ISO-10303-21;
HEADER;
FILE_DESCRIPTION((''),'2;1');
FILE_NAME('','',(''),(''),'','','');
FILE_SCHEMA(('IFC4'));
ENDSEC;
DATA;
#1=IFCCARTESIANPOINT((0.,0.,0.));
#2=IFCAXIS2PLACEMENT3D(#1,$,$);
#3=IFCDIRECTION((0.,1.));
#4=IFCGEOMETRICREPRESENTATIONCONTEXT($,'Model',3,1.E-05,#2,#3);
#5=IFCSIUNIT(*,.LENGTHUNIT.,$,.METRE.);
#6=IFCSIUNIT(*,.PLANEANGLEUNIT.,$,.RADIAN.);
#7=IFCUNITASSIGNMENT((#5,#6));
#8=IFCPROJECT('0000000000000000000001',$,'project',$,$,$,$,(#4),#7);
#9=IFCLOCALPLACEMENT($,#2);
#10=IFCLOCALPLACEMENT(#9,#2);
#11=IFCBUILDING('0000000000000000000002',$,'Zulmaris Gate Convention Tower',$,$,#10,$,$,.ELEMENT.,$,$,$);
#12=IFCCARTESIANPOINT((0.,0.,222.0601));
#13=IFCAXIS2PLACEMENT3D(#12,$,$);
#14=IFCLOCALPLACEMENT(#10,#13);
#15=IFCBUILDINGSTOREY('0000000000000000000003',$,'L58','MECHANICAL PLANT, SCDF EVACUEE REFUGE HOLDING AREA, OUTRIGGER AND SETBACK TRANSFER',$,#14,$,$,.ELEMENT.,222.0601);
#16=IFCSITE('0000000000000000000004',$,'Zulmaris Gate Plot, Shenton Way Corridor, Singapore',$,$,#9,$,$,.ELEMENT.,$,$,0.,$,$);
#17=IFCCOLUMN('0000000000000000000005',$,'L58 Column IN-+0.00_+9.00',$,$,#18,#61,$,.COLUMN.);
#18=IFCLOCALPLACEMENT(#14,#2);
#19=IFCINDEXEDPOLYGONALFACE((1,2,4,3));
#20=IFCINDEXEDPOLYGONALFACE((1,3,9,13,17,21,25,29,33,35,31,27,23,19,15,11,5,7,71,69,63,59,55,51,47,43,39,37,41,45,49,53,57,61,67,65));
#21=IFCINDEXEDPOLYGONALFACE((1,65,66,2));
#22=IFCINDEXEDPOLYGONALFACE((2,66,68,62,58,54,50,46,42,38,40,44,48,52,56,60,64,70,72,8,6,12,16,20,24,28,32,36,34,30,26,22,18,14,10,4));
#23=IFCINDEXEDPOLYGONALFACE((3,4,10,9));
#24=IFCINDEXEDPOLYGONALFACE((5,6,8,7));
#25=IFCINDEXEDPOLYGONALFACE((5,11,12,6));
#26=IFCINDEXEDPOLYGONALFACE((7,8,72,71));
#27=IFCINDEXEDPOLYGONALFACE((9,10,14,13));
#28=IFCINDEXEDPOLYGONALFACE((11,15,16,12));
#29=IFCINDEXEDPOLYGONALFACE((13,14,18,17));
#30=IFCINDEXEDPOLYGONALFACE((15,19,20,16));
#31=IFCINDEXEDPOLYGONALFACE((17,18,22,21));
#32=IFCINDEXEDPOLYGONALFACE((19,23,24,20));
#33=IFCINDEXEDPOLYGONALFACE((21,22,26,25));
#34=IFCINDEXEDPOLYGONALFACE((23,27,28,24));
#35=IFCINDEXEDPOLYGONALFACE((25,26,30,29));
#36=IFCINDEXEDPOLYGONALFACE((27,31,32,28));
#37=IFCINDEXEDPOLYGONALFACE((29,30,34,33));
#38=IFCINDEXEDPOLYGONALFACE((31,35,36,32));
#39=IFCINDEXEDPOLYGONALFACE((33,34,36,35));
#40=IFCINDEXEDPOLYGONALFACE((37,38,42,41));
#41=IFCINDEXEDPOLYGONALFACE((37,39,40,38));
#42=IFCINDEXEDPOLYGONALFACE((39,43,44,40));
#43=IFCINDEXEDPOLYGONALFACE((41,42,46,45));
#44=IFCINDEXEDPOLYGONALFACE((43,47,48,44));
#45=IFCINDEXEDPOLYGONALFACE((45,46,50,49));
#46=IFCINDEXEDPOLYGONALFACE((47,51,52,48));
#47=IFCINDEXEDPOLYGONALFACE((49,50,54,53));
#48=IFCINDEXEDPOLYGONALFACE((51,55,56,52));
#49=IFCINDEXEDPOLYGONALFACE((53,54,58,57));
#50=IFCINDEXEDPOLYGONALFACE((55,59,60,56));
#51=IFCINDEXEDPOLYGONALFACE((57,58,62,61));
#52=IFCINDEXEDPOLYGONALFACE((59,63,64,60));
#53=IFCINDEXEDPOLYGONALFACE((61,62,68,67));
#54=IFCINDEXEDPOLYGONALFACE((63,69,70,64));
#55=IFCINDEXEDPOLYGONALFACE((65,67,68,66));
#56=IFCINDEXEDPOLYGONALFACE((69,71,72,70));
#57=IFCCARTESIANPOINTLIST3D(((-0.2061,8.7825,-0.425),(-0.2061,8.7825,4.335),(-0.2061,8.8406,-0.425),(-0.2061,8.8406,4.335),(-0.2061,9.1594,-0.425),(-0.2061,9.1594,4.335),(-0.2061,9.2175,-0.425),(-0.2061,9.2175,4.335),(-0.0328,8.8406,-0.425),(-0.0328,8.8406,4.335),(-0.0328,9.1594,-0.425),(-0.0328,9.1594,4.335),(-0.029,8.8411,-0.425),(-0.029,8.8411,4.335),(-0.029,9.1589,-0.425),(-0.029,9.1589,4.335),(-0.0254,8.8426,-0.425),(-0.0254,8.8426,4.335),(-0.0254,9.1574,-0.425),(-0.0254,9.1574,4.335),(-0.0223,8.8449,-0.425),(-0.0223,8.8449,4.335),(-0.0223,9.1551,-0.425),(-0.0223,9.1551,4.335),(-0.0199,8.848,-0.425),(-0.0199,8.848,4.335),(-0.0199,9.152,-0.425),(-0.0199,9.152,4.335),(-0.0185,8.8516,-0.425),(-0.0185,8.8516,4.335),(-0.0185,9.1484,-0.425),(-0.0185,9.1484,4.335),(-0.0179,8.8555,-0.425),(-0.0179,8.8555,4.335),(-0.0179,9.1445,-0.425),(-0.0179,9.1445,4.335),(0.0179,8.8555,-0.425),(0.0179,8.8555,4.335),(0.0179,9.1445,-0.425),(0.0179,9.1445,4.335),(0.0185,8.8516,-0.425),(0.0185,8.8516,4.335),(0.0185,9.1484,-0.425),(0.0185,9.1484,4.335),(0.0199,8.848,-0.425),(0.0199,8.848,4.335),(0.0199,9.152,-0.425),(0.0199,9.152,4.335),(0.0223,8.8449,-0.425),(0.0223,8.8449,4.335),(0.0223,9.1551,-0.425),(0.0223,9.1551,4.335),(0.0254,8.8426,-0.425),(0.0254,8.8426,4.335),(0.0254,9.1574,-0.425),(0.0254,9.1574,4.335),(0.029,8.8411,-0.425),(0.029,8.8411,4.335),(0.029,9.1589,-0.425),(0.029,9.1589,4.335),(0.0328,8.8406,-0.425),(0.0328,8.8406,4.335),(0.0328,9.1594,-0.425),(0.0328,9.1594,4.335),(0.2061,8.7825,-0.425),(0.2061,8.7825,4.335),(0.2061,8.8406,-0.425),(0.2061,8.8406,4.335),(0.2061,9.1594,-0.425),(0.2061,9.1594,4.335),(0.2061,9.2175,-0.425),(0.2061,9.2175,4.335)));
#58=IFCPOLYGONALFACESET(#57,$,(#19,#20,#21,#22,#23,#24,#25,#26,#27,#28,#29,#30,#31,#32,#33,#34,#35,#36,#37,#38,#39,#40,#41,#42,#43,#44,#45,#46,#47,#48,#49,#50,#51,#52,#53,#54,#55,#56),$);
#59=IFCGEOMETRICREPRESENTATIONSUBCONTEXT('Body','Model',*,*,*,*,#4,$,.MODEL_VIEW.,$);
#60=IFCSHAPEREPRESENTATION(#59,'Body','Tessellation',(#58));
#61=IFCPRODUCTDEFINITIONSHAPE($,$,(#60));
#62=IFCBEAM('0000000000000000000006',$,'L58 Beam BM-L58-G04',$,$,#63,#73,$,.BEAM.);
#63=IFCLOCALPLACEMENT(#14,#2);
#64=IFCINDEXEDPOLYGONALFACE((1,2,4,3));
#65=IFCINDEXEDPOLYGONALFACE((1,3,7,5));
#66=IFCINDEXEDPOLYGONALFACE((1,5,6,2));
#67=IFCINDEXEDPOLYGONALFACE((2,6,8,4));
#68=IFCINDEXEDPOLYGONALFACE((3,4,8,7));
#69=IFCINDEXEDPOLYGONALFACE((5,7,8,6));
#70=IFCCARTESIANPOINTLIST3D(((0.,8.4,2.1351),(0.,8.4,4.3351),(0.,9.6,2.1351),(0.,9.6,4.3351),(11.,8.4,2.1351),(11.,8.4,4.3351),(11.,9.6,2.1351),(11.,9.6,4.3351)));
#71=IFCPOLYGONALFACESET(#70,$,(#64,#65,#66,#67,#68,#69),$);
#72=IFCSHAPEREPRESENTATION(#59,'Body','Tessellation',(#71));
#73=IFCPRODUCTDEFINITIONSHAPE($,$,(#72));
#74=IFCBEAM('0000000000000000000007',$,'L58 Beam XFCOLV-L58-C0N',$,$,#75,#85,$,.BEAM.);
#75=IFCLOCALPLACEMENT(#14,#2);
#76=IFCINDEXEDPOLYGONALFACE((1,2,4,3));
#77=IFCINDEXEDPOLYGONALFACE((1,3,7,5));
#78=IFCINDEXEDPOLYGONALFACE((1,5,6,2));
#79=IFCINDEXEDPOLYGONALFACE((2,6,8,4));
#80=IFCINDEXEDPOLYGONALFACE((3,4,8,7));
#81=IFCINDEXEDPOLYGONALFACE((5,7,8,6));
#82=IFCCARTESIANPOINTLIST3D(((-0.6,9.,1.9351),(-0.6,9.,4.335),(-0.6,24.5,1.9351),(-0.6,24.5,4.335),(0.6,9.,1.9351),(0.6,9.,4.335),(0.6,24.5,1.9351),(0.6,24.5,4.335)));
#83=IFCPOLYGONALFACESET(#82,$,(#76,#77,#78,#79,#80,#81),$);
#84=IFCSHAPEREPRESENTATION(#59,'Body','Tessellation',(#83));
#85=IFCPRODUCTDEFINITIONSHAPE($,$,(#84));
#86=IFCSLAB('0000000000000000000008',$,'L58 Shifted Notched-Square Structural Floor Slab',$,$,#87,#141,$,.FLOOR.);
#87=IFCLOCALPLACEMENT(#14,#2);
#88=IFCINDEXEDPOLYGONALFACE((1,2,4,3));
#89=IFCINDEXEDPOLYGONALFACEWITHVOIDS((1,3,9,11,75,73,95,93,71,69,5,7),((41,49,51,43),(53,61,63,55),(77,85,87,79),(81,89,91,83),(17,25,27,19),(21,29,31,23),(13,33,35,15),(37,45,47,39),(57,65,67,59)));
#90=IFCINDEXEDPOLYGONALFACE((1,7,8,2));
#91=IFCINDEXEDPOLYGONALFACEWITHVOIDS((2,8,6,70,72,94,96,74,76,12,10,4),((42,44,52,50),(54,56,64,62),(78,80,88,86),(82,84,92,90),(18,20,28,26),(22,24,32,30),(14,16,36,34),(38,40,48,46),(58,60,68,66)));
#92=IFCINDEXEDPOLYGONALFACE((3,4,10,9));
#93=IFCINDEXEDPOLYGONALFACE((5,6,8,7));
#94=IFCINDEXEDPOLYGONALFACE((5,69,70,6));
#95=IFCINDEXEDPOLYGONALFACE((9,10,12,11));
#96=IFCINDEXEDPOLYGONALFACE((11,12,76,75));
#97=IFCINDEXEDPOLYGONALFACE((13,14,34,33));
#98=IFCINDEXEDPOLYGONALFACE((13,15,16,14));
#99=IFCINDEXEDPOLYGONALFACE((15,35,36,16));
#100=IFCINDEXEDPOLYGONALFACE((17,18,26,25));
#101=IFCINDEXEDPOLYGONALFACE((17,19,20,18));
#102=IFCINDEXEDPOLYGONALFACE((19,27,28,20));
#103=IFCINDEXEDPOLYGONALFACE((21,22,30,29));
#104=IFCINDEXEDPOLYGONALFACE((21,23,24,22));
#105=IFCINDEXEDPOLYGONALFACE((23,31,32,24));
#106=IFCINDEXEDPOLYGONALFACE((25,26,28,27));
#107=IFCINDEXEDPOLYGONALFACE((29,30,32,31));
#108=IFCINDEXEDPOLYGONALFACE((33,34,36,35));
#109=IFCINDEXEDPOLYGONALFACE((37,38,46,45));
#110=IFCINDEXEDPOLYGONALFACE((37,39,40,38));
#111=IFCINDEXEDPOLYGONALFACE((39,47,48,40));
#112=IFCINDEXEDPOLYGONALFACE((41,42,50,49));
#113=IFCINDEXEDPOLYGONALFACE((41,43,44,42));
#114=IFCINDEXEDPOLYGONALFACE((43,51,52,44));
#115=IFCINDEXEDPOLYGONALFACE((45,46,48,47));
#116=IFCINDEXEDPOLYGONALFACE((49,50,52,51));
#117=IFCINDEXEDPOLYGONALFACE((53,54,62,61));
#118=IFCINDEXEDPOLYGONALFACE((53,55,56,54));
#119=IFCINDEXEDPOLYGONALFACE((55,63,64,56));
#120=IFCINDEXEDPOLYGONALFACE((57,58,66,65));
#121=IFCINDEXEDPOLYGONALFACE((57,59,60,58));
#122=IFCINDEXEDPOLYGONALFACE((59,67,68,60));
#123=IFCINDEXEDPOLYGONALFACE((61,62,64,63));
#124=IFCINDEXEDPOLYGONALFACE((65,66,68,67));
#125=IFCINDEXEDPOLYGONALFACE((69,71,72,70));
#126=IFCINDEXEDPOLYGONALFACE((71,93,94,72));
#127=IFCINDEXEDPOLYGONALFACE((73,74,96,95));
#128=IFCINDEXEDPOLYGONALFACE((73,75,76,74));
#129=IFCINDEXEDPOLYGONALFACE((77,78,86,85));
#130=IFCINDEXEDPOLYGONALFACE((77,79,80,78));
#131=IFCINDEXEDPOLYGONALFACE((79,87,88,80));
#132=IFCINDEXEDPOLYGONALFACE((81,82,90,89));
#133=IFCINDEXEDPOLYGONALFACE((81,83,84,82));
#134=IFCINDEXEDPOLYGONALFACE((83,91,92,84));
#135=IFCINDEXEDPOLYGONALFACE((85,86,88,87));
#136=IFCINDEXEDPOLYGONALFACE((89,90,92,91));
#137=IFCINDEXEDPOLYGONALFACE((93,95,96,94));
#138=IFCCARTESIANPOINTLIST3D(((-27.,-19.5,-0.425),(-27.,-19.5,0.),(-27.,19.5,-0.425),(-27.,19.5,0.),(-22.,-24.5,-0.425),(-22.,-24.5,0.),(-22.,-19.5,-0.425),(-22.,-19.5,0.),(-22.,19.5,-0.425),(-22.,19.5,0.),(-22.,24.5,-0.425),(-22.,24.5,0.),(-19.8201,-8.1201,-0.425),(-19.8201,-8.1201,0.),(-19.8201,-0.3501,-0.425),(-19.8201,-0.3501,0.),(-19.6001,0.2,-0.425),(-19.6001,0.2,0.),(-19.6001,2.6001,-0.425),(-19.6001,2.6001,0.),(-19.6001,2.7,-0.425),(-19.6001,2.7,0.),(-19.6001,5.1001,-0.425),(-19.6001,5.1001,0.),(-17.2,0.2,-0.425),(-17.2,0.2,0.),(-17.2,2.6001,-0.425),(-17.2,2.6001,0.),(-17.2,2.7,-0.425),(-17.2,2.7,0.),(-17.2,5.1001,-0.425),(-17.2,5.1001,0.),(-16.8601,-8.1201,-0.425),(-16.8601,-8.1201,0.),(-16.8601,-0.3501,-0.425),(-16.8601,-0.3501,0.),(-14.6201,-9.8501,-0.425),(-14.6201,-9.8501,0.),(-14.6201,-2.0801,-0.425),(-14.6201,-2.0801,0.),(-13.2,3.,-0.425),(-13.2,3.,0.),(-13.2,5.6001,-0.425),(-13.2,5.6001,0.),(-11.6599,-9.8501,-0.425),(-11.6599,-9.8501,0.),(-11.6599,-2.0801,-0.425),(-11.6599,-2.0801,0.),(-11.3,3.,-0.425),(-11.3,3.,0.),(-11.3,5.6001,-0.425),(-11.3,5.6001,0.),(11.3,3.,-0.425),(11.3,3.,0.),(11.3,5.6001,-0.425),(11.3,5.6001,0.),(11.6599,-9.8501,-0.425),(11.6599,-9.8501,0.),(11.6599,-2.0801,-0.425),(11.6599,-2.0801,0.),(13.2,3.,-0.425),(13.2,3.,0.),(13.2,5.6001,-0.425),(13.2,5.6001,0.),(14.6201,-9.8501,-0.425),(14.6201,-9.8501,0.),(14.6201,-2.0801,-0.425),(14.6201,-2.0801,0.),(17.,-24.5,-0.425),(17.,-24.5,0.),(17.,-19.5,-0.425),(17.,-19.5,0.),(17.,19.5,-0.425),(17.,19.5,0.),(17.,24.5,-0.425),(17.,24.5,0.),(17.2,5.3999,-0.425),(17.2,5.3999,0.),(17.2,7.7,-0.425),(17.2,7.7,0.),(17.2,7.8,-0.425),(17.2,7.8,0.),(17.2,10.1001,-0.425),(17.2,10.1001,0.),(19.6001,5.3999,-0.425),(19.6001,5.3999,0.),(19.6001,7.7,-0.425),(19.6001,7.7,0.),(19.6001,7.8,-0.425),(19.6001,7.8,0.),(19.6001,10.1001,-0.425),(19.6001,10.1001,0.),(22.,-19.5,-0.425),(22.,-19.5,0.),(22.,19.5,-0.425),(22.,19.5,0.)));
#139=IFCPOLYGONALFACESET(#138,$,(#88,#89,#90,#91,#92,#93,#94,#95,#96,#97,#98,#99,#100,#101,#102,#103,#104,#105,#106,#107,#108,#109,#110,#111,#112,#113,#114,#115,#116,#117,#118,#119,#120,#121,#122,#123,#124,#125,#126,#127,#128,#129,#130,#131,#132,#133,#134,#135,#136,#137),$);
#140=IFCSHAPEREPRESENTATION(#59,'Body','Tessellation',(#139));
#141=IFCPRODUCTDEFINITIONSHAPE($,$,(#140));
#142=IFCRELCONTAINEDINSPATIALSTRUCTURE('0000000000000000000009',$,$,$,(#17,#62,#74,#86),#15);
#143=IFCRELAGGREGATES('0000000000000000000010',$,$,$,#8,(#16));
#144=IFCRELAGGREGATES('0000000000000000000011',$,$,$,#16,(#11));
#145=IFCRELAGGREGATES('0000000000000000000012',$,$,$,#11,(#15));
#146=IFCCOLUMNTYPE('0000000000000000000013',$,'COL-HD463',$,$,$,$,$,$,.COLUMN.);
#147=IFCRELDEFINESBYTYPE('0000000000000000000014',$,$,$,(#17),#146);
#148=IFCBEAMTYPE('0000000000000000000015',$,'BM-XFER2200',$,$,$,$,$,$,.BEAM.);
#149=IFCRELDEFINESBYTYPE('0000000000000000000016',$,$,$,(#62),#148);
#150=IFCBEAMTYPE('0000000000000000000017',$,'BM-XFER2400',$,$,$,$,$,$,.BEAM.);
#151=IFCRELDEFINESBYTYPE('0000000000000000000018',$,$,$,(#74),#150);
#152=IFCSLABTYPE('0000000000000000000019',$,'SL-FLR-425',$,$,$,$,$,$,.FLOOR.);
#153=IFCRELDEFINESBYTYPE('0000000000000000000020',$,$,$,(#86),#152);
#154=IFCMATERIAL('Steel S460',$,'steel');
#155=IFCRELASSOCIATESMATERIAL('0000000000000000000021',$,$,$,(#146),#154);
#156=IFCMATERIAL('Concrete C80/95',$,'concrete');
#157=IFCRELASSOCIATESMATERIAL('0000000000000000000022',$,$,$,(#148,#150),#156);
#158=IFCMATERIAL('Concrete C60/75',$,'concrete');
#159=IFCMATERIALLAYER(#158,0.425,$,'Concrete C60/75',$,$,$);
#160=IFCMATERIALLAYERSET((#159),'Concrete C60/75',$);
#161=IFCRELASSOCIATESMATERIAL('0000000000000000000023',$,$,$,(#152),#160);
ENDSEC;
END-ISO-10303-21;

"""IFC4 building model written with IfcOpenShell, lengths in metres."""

from ifc_helpers import new_model, si_unit, direction, frame, origin, origin_2d, place, context, subcontext, project, spatial, polyline, rectangle, i_section, outline, extrude, material, layer, layer_set, material_profile, profile_set, type_object, element, save


model = new_model("IFC4")

# Units and contexts
model_context = context("Model", 3, precision=1e-05, world=origin(), true_north=direction((0.0, 1.0)))
body_context = subcontext(model_context, "Body", "Model", "MODEL_VIEW")
ifc_project = project(units=[si_unit("LENGTHUNIT", "METRE"), si_unit("PLANEANGLEUNIT", "RADIAN")], contexts=[model_context])

# Site, building, storey
site_placement = place(None, origin())
site = spatial("IfcSite", under=ifc_project, at=site_placement, Name="Zulmaris Gate Plot, Shenton Way Corridor, Singapore", CompositionType="ELEMENT", RefElevation=0.0)
building_placement = place(site_placement, origin())
building = spatial("IfcBuilding", under=site, at=building_placement, Name="Zulmaris Gate Convention Tower", CompositionType="ELEMENT")
storey_placement = place(building_placement, frame((0.0, 0.0, 222.0601)))
storey = spatial("IfcBuildingStorey", under=building, at=storey_placement, Name="L58", Description="MECHANICAL PLANT, SCDF EVACUEE REFUGE HOLDING AREA, OUTRIGGER AND SETBACK TRANSFER", CompositionType="ELEMENT", Elevation=222.0601)

# Column
ifc_material_1 = material(Name="Steel S460", Category="steel")
ifc_material_profile_1 = material_profile(ifc_material_1, i_section(OverallWidth=0.4121, OverallDepth=0.4351, WebThickness=0.0359, FlangeThickness=0.0581, FilletRadius=0.0149, at=origin_2d()), Name="HD 400x463")
ifc_profile_set_1 = profile_set([ifc_material_profile_1], Name="Steel S460")
column_type = type_object("IfcColumnType", Name="COL-HD463", PredefinedType="COLUMN", material=ifc_profile_set_1)
column_placement = place(storey_placement, frame((0.0, 9.0, -0.425), z_axis=(0.0, 0.0, 1.0), x_axis=(1.0, 0.0, 0.0)))
element("IfcColumn", 1, at=column_placement, inside=storey, type_object=column_type, Name="L58 Column IN-+0.00_+9.00", PredefinedType="COLUMN", context=body_context, shape_type="SweptSolid", body=[
    extrude(i_section(OverallWidth=0.4121, OverallDepth=0.4351, WebThickness=0.0359, FlangeThickness=0.0581, FilletRadius=0.0149, at=origin_2d()), origin(), (0.0, 0.0, 1.0), 4.76),
])

# Beams
ifc_material_2 = material(Name="Concrete C80/95", Category="concrete")
ifc_material_profile_2 = material_profile(ifc_material_2, rectangle(XDim=1.2, YDim=2.2, at=origin_2d()), Name="RC TRANSFER 1200x2200")
ifc_profile_set_2 = profile_set([ifc_material_profile_2], Name="Concrete C80/95")
beam_type_1 = type_object("IfcBeamType", Name="BM-XFER2200", PredefinedType="BEAM", material=ifc_profile_set_2)
beam_1_placement = place(storey_placement, frame((0.0, 9.0, 3.2351), z_axis=(1.0, 0.0, 0.0), x_axis=(0.0, 1.0, 0.0)))
element("IfcBeam", 2, at=beam_1_placement, inside=storey, type_object=beam_type_1, Name="L58 Beam BM-L58-G04", PredefinedType="BEAM", context=body_context, shape_type="SweptSolid", body=[
    extrude(rectangle(XDim=1.2, YDim=2.2, at=origin_2d()), origin(), (0.0, 0.0, 1.0), 11.0),
])
ifc_material_profile_3 = material_profile(ifc_material_2, rectangle(XDim=1.2, YDim=2.3999, at=origin_2d()), Name="RC TRANSFER 1200x2400")
ifc_profile_set_3 = profile_set([ifc_material_profile_3], Name="Concrete C80/95")
beam_type_2 = type_object("IfcBeamType", Name="BM-XFER2400", PredefinedType="BEAM", material=ifc_profile_set_3)
beam_2_placement = place(storey_placement, frame((0.0, 9.0, 3.135), z_axis=(0.0, 1.0, 0.0), x_axis=(-1.0, 0.0, 0.0)))
element("IfcBeam", 3, at=beam_2_placement, inside=storey, type_object=beam_type_2, Name="L58 Beam XFCOLV-L58-C0N", PredefinedType="BEAM", context=body_context, shape_type="SweptSolid", body=[
    extrude(rectangle(XDim=1.2, YDim=2.3999, at=origin_2d()), origin(), (0.0, 0.0, 1.0), 15.5),
])

# Slab
ifc_material_3 = material(Name="Concrete C60/75", Category="concrete")
ifc_layer_1 = layer(ifc_material_3, 0.425, Name="Concrete C60/75")
ifc_layer_set_1 = layer_set([ifc_layer_1], Name="Concrete C60/75")
slab_type = type_object("IfcSlabType", Name="SL-FLR-425", PredefinedType="FLOOR", material=ifc_layer_set_1)
slab_placement = place(storey_placement, frame((0.0, 0.0, -0.425)))
element("IfcSlab", 4, at=slab_placement, inside=storey, type_object=slab_type, Name="L58 Shifted Notched-Square Structural Floor Slab", PredefinedType="FLOOR", context=body_context, shape_type="SweptSolid", body=[
    extrude(outline(polyline([(-22.0, -24.5), (17.0, -24.5), (17.0, -19.5), (22.0, -19.5), (22.0, 19.5), (17.0, 19.5), (17.0, 24.5), (-22.0, 24.5), (-22.0, 19.5), (-27.0, 19.5), (-27.0, -19.5), (-22.0, -19.5), (-22.0, -24.5)]), holes=[polyline([(-14.6201, -2.0801), (-14.6201, -9.8501), (-11.6599, -9.8501), (-11.6599, -2.0801), (-14.6201, -2.0801)]), polyline([(11.6599, -2.0801), (11.6599, -9.8501), (14.6201, -9.8501), (14.6201, -2.0801), (11.6599, -2.0801)]), polyline([(-16.8601, -8.1201), (-16.8601, -0.3501), (-19.8201, -0.3501), (-19.8201, -8.1201), (-16.8601, -8.1201)]), polyline([(-13.2, 3.0), (-11.3, 3.0), (-11.3, 5.6001), (-13.2, 5.6001), (-13.2, 3.0)]), polyline([(11.3, 3.0), (13.2, 3.0), (13.2, 5.6001), (11.3, 5.6001), (11.3, 3.0)]), polyline([(17.2, 5.3999), (19.6001, 5.3999), (19.6001, 7.7), (17.2, 7.7), (17.2, 5.3999)]), polyline([(17.2, 7.8), (19.6001, 7.8), (19.6001, 10.1001), (17.2, 10.1001), (17.2, 7.8)]), polyline([(-19.6001, 0.2), (-17.2, 0.2), (-17.2, 2.6001), (-19.6001, 2.6001), (-19.6001, 0.2)]), polyline([(-19.6001, 2.7), (-17.2, 2.7), (-17.2, 5.1001), (-19.6001, 5.1001), (-19.6001, 2.7)])]), origin(), (0.0, 0.0, 1.0), 0.425),
])

save(model, "model.ifc")
